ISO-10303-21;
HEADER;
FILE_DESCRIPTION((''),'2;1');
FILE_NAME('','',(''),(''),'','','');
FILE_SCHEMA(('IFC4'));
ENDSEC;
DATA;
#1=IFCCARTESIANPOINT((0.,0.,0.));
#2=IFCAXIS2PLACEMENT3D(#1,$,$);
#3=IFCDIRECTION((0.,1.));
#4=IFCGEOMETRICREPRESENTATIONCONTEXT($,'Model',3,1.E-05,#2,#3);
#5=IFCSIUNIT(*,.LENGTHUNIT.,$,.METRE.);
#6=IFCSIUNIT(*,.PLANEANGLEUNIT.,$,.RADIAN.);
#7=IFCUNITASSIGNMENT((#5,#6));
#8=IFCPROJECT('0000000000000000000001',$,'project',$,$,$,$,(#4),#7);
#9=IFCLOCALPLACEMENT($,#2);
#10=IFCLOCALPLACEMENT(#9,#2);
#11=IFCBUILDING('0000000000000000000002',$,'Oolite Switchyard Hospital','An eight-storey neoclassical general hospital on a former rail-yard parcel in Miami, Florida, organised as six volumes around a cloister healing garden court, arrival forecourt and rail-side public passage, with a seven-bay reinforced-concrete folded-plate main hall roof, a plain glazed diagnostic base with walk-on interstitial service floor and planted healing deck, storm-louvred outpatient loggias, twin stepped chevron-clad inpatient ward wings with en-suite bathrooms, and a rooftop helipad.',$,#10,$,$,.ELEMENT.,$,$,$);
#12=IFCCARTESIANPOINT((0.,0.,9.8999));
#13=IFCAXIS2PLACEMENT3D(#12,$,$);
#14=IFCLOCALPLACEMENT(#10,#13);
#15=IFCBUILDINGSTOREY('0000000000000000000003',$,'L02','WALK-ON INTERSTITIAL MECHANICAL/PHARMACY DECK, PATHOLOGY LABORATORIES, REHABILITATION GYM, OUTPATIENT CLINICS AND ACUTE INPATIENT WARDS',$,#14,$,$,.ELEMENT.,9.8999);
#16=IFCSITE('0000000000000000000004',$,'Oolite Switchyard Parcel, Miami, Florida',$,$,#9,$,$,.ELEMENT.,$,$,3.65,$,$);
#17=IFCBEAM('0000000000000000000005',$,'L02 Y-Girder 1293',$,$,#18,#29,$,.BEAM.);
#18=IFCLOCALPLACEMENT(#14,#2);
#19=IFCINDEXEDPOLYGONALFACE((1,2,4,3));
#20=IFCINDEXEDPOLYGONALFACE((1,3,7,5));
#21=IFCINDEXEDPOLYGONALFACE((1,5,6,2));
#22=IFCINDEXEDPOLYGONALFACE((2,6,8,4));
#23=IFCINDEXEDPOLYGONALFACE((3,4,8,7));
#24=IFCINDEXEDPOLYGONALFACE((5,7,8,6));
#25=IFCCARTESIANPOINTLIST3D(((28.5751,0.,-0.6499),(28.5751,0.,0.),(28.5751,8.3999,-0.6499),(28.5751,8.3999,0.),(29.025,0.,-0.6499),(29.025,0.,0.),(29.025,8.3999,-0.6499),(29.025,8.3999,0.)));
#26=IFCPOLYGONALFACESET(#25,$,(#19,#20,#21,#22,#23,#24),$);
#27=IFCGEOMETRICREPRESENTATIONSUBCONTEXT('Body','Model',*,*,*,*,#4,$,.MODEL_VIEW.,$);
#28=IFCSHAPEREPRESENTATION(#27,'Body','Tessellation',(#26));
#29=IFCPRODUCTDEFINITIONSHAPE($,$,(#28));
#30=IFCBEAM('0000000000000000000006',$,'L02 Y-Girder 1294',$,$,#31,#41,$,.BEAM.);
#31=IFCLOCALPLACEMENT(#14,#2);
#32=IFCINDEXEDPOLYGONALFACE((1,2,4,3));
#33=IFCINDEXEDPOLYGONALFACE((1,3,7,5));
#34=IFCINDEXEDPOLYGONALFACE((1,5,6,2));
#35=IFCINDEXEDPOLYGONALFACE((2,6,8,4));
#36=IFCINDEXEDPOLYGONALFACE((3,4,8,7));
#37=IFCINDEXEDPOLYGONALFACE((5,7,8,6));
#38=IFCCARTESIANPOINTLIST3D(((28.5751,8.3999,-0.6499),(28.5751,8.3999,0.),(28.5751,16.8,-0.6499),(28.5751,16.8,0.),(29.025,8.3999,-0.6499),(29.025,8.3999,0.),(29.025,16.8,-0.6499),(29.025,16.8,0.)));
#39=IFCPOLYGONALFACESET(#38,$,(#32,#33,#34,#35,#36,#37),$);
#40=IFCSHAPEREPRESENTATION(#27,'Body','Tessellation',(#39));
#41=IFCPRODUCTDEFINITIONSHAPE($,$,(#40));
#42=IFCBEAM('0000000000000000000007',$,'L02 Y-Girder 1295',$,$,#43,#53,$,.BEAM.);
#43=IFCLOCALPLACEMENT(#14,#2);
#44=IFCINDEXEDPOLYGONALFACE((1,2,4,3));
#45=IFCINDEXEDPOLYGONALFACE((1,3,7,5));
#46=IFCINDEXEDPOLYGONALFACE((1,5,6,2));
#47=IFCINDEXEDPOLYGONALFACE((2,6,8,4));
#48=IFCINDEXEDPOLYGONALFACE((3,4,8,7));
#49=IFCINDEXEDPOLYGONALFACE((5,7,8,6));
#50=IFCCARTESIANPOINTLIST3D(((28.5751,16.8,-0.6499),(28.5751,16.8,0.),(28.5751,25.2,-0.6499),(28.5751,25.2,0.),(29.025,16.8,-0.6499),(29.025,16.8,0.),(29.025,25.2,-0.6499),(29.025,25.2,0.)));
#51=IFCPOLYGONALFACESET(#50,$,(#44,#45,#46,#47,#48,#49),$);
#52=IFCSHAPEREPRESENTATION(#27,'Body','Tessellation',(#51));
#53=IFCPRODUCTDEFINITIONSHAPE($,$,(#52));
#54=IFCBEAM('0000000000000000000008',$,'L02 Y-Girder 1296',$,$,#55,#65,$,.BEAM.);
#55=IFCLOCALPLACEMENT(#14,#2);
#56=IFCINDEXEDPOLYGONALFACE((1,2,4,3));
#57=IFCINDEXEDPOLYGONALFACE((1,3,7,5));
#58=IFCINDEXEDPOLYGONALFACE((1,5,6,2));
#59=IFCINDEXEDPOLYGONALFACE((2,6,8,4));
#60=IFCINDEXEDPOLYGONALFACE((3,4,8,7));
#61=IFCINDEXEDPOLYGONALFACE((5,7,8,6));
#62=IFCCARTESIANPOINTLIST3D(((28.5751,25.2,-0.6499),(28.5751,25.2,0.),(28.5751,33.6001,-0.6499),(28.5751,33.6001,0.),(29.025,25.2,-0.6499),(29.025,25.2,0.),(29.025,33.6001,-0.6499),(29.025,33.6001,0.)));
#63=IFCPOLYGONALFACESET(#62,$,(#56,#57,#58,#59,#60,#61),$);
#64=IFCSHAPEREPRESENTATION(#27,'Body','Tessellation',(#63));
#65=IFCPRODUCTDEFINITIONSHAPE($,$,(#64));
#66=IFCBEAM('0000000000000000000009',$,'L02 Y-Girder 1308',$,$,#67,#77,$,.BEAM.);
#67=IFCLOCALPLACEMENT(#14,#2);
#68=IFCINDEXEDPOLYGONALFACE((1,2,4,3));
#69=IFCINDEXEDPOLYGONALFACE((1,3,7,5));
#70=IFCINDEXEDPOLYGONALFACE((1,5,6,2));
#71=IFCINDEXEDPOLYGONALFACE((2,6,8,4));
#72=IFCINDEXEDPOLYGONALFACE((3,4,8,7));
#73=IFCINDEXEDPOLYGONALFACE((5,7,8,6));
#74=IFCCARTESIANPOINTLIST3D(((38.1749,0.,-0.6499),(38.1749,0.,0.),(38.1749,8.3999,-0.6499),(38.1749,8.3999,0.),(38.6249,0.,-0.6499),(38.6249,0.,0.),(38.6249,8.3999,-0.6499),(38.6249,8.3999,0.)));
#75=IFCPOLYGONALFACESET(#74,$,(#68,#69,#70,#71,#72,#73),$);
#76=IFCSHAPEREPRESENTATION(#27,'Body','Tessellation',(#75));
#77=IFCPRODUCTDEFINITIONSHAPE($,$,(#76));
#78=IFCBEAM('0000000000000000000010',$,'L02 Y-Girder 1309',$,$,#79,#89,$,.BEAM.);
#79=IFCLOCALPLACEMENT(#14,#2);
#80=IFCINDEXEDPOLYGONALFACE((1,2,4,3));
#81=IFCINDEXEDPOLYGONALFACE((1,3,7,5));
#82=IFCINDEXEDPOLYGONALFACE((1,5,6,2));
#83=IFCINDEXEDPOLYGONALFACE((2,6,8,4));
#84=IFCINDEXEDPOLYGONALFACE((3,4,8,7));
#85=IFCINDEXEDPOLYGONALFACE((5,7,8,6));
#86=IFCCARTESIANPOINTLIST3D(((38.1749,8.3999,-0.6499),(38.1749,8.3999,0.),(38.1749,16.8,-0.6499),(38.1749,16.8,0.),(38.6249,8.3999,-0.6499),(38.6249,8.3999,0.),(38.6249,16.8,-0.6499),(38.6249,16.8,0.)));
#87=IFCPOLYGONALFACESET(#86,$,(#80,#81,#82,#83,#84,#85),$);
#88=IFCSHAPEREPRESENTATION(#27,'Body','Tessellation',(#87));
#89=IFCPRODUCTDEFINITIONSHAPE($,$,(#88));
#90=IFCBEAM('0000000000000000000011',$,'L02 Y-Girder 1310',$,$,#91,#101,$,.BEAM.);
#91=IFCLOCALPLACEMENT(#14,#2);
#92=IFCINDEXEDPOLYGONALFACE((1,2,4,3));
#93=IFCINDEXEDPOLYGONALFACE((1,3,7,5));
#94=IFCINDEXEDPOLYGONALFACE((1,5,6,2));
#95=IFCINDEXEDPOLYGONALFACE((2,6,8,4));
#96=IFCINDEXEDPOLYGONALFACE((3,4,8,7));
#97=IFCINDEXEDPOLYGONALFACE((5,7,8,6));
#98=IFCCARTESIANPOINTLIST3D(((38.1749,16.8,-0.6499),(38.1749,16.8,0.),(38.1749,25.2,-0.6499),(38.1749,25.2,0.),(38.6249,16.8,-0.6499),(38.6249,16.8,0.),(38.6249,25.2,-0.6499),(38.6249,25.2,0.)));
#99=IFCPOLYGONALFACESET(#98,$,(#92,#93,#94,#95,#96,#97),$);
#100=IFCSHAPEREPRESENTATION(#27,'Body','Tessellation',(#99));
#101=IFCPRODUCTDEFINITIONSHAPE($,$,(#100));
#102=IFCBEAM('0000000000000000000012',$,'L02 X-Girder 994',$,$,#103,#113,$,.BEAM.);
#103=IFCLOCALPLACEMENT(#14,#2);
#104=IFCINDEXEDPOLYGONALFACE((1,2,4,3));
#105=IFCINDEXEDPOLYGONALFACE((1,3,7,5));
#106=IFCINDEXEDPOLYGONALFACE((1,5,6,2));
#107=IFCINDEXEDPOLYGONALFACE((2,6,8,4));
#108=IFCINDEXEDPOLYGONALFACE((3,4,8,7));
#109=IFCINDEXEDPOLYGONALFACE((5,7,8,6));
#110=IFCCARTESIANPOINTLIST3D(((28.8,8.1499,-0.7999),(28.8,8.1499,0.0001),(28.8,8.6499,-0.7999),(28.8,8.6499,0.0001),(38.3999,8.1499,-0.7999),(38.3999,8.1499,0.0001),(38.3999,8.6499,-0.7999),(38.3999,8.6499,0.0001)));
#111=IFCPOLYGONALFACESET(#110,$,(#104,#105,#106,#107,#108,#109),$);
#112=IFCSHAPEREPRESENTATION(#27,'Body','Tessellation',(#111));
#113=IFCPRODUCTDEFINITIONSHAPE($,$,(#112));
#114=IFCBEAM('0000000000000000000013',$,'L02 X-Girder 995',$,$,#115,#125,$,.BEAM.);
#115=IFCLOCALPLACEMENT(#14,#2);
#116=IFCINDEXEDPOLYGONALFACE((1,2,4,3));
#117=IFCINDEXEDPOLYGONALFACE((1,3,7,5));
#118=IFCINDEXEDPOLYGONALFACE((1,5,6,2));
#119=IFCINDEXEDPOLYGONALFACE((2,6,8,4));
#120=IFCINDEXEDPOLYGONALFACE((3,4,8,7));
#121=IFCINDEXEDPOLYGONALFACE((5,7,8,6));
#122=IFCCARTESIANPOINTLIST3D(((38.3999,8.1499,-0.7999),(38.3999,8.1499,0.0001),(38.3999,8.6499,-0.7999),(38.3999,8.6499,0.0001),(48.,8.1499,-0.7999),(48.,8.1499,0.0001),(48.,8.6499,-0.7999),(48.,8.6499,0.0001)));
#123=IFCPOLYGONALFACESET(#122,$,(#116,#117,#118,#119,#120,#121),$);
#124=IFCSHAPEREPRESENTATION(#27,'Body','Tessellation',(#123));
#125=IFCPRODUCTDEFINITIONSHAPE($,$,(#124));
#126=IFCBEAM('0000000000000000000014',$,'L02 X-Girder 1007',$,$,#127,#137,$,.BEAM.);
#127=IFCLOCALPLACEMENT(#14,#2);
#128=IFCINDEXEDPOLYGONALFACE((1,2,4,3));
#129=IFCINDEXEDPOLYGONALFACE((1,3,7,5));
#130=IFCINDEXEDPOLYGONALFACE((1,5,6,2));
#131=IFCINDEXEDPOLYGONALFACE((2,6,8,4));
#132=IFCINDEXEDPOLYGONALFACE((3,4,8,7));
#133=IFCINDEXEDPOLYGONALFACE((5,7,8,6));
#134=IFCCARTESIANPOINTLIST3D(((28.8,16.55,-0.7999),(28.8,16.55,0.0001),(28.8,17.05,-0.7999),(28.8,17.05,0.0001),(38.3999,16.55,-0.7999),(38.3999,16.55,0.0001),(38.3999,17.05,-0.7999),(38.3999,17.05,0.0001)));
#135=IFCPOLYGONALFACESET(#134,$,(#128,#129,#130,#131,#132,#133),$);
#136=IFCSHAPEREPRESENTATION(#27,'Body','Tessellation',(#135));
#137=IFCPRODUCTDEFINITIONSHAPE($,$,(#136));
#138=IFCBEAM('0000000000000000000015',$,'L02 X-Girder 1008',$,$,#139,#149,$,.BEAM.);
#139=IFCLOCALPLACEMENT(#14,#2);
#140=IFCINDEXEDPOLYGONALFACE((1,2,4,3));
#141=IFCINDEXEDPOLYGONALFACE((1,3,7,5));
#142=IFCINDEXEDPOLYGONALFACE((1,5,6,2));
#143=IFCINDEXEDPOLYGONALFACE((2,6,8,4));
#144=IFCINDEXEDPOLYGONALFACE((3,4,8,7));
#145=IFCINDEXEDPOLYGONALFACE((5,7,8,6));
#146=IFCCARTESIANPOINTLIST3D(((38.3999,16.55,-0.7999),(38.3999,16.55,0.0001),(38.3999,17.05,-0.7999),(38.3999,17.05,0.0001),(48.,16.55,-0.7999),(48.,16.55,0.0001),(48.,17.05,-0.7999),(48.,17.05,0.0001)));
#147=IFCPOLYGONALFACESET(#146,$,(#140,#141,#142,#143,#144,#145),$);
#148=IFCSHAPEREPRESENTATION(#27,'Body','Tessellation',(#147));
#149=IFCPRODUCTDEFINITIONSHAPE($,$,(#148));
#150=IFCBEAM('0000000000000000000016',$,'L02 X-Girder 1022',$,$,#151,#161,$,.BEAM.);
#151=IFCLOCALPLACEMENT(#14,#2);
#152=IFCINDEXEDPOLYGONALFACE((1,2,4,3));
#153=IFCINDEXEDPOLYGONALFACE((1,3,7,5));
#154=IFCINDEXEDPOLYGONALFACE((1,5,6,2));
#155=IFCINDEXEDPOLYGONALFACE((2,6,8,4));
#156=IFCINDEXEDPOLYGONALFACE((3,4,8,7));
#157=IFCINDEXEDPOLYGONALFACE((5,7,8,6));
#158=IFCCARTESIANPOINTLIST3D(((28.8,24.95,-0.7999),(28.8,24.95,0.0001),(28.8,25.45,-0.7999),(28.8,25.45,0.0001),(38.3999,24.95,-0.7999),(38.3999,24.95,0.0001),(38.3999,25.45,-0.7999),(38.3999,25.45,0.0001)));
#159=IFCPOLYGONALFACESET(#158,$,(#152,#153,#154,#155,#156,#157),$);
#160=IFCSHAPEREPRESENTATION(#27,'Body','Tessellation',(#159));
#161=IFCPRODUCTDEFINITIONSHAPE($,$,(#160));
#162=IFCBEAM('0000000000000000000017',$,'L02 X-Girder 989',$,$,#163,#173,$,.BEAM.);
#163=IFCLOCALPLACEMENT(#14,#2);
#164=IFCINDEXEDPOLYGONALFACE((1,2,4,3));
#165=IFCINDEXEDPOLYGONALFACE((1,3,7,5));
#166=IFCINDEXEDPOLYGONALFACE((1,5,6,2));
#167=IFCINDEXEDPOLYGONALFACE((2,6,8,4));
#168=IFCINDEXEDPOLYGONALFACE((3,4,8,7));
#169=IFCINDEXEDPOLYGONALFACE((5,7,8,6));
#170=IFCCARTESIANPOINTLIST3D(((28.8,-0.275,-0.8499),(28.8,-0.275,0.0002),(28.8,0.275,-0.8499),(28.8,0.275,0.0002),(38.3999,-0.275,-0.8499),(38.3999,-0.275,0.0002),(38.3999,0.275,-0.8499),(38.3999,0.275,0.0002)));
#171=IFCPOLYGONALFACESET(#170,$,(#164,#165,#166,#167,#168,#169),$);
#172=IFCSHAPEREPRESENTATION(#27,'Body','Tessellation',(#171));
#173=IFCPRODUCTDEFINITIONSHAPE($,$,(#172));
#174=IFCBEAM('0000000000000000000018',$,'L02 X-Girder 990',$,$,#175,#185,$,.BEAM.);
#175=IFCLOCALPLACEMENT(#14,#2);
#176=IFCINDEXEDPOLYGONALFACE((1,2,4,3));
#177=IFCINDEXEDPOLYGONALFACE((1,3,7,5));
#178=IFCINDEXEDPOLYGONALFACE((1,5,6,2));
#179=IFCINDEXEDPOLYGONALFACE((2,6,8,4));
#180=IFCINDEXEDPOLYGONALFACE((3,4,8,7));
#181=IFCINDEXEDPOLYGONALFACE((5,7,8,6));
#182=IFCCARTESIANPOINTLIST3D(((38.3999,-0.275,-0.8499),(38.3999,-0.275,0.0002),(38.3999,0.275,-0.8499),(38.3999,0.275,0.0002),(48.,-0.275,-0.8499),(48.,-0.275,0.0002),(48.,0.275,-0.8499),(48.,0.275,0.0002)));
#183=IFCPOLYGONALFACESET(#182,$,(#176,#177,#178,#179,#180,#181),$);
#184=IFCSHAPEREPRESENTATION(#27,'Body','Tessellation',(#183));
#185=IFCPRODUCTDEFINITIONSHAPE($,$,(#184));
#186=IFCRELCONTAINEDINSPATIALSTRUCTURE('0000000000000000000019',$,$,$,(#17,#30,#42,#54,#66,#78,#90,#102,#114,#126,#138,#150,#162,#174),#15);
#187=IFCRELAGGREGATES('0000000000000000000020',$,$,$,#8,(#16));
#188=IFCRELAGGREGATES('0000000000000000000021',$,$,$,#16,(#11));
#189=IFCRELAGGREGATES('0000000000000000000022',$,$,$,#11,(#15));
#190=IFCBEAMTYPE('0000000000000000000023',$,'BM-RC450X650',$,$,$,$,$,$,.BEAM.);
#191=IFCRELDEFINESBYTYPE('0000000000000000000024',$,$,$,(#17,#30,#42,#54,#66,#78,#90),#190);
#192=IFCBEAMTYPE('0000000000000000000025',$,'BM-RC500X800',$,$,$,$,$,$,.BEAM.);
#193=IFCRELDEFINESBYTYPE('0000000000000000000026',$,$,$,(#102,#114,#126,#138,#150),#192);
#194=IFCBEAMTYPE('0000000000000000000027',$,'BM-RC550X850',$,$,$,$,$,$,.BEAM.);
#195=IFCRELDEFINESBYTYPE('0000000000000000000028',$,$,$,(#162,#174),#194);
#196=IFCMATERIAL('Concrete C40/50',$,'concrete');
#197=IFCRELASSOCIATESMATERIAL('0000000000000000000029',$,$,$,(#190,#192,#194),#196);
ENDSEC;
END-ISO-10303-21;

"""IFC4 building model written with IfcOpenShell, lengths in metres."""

from ifc_helpers import new_model, si_unit, direction, frame, origin, origin_2d, place, context, subcontext, project, spatial, rectangle, extrude, material, material_profile, profile_set, type_object, element, save


model = new_model("IFC4")

# Units and contexts
model_context = context("Model", 3, precision=1e-05, world=origin(), true_north=direction((0.0, 1.0)))
body_context = subcontext(model_context, "Body", "Model", "MODEL_VIEW")
ifc_project = project(units=[si_unit("LENGTHUNIT", "METRE"), si_unit("PLANEANGLEUNIT", "RADIAN")], contexts=[model_context])

# Site, building, storey
site_placement = place(None, origin())
site = spatial("IfcSite", under=ifc_project, at=site_placement, Name="Oolite Switchyard Parcel, Miami, Florida", CompositionType="ELEMENT", RefElevation=3.65)
building_placement = place(site_placement, origin())
building = spatial("IfcBuilding", under=site, at=building_placement, Name="Oolite Switchyard Hospital", Description="An eight-storey neoclassical general hospital on a former rail-yard parcel in Miami, Florida, organised as six volumes around a cloister healing garden court, arrival forecourt and rail-side public passage, with a seven-bay reinforced-concrete folded-plate main hall roof, a plain glazed diagnostic base with walk-on interstitial service floor and planted healing deck, storm-louvred outpatient loggias, twin stepped chevron-clad inpatient ward wings with en-suite bathrooms, and a rooftop helipad.", CompositionType="ELEMENT")
storey_placement = place(building_placement, frame((0.0, 0.0, 9.8999)))
storey = spatial("IfcBuildingStorey", under=building, at=storey_placement, Name="L02", Description="WALK-ON INTERSTITIAL MECHANICAL/PHARMACY DECK, PATHOLOGY LABORATORIES, REHABILITATION GYM, OUTPATIENT CLINICS AND ACUTE INPATIENT WARDS", CompositionType="ELEMENT", Elevation=9.8999)

# Beams
ifc_material_1 = material(Name="Concrete C40/50", Category="concrete")
ifc_material_profile_1 = material_profile(ifc_material_1, rectangle(XDim=0.45, YDim=0.6499, at=origin_2d()), Name="RCB450X650")
ifc_profile_set_1 = profile_set([ifc_material_profile_1], Name="Concrete C40/50")
beam_type_1 = type_object("IfcBeamType", Name="BM-RC450X650", PredefinedType="BEAM", material=ifc_profile_set_1)
beam_1_placement = place(storey_placement, frame((28.8, 0.0, -0.325), z_axis=(0.0, 1.0, 0.0), x_axis=(-1.0, 0.0, 0.0)))
element("IfcBeam", 1, at=beam_1_placement, inside=storey, type_object=beam_type_1, Name="L02 Y-Girder 1293", PredefinedType="BEAM", context=body_context, shape_type="SweptSolid", body=[
    extrude(rectangle(XDim=0.45, YDim=0.6499, at=origin_2d()), origin(), (0.0, 0.0, 1.0), 8.3999),
])
beam_2_placement = place(storey_placement, frame((28.8, 8.3999, -0.325), z_axis=(0.0, 1.0, 0.0), x_axis=(-1.0, 0.0, 0.0)))
element("IfcBeam", 2, at=beam_2_placement, inside=storey, type_object=beam_type_1, Name="L02 Y-Girder 1294", PredefinedType="BEAM", context=body_context, shape_type="SweptSolid", body=[
    extrude(rectangle(XDim=0.45, YDim=0.6499, at=origin_2d()), origin(), (0.0, 0.0, 1.0), 8.4001),
])
beam_3_placement = place(storey_placement, frame((28.8, 16.8, -0.325), z_axis=(0.0, 1.0, 0.0), x_axis=(-1.0, 0.0, 0.0)))
element("IfcBeam", 3, at=beam_3_placement, inside=storey, type_object=beam_type_1, Name="L02 Y-Girder 1295", PredefinedType="BEAM", context=body_context, shape_type="SweptSolid", body=[
    extrude(rectangle(XDim=0.45, YDim=0.6499, at=origin_2d()), origin(), (0.0, 0.0, 1.0), 8.3999),
])
beam_4_placement = place(storey_placement, frame((28.8, 25.2, -0.325), z_axis=(0.0, 1.0, 0.0), x_axis=(-1.0, 0.0, 0.0)))
element("IfcBeam", 4, at=beam_4_placement, inside=storey, type_object=beam_type_1, Name="L02 Y-Girder 1296", PredefinedType="BEAM", context=body_context, shape_type="SweptSolid", body=[
    extrude(rectangle(XDim=0.45, YDim=0.6499, at=origin_2d()), origin(), (0.0, 0.0, 1.0), 8.4001),
])
beam_5_placement = place(storey_placement, frame((38.3999, 0.0, -0.325), z_axis=(0.0, 1.0, 0.0), x_axis=(-1.0, 0.0, 0.0)))
element("IfcBeam", 5, at=beam_5_placement, inside=storey, type_object=beam_type_1, Name="L02 Y-Girder 1308", PredefinedType="BEAM", context=body_context, shape_type="SweptSolid", body=[
    extrude(rectangle(XDim=0.45, YDim=0.6499, at=origin_2d()), origin(), (0.0, 0.0, 1.0), 8.3999),
])
beam_6_placement = place(storey_placement, frame((38.3999, 8.3999, -0.325), z_axis=(0.0, 1.0, 0.0), x_axis=(-1.0, 0.0, 0.0)))
element("IfcBeam", 6, at=beam_6_placement, inside=storey, type_object=beam_type_1, Name="L02 Y-Girder 1309", PredefinedType="BEAM", context=body_context, shape_type="SweptSolid", body=[
    extrude(rectangle(XDim=0.45, YDim=0.6499, at=origin_2d()), origin(), (0.0, 0.0, 1.0), 8.4001),
])
beam_7_placement = place(storey_placement, frame((38.3999, 16.8, -0.325), z_axis=(0.0, 1.0, 0.0), x_axis=(-1.0, 0.0, 0.0)))
element("IfcBeam", 7, at=beam_7_placement, inside=storey, type_object=beam_type_1, Name="L02 Y-Girder 1310", PredefinedType="BEAM", context=body_context, shape_type="SweptSolid", body=[
    extrude(rectangle(XDim=0.45, YDim=0.6499, at=origin_2d()), origin(), (0.0, 0.0, 1.0), 8.3999),
])
ifc_material_profile_2 = material_profile(ifc_material_1, rectangle(XDim=0.5, YDim=0.8, at=origin_2d()), Name="RCB500X800")
ifc_profile_set_2 = profile_set([ifc_material_profile_2], Name="Concrete C40/50")
beam_type_2 = type_object("IfcBeamType", Name="BM-RC500X800", PredefinedType="BEAM", material=ifc_profile_set_2)
beam_8_placement = place(storey_placement, frame((28.8, 8.3999, -0.3999), z_axis=(1.0, 0.0, 0.0), x_axis=(0.0, 1.0, 0.0)))
element("IfcBeam", 8, at=beam_8_placement, inside=storey, type_object=beam_type_2, Name="L02 X-Girder 994", PredefinedType="BEAM", context=body_context, shape_type="SweptSolid", body=[
    extrude(rectangle(XDim=0.5, YDim=0.8, at=origin_2d()), origin(), (0.0, 0.0, 1.0), 9.5999),
])
beam_9_placement = place(storey_placement, frame((38.3999, 8.3999, -0.3999), z_axis=(1.0, 0.0, 0.0), x_axis=(0.0, 1.0, 0.0)))
element("IfcBeam", 9, at=beam_9_placement, inside=storey, type_object=beam_type_2, Name="L02 X-Girder 995", PredefinedType="BEAM", context=body_context, shape_type="SweptSolid", body=[
    extrude(rectangle(XDim=0.5, YDim=0.8, at=origin_2d()), origin(), (0.0, 0.0, 1.0), 9.6001),
])
beam_10_placement = place(storey_placement, frame((28.8, 16.8, -0.3999), z_axis=(1.0, 0.0, 0.0), x_axis=(0.0, 1.0, 0.0)))
element("IfcBeam", 10, at=beam_10_placement, inside=storey, type_object=beam_type_2, Name="L02 X-Girder 1007", PredefinedType="BEAM", context=body_context, shape_type="SweptSolid", body=[
    extrude(rectangle(XDim=0.5, YDim=0.8, at=origin_2d()), origin(), (0.0, 0.0, 1.0), 9.5999),
])
beam_11_placement = place(storey_placement, frame((38.3999, 16.8, -0.3999), z_axis=(1.0, 0.0, 0.0), x_axis=(0.0, 1.0, 0.0)))
element("IfcBeam", 11, at=beam_11_placement, inside=storey, type_object=beam_type_2, Name="L02 X-Girder 1008", PredefinedType="BEAM", context=body_context, shape_type="SweptSolid", body=[
    extrude(rectangle(XDim=0.5, YDim=0.8, at=origin_2d()), origin(), (0.0, 0.0, 1.0), 9.6001),
])
beam_12_placement = place(storey_placement, frame((28.8, 25.2, -0.3999), z_axis=(1.0, 0.0, 0.0), x_axis=(0.0, 1.0, 0.0)))
element("IfcBeam", 12, at=beam_12_placement, inside=storey, type_object=beam_type_2, Name="L02 X-Girder 1022", PredefinedType="BEAM", context=body_context, shape_type="SweptSolid", body=[
    extrude(rectangle(XDim=0.5, YDim=0.8, at=origin_2d()), origin(), (0.0, 0.0, 1.0), 9.5999),
])
ifc_material_profile_3 = material_profile(ifc_material_1, rectangle(XDim=0.55, YDim=0.8501, at=origin_2d()), Name="RCB550X850")
ifc_profile_set_3 = profile_set([ifc_material_profile_3], Name="Concrete C40/50")
beam_type_3 = type_object("IfcBeamType", Name="BM-RC550X850", PredefinedType="BEAM", material=ifc_profile_set_3)
beam_13_placement = place(storey_placement, frame((28.8, 0.0, -0.4248), z_axis=(1.0, 0.0, 0.0), x_axis=(0.0, 1.0, 0.0)))
element("IfcBeam", 13, at=beam_13_placement, inside=storey, type_object=beam_type_3, Name="L02 X-Girder 989", PredefinedType="BEAM", context=body_context, shape_type="SweptSolid", body=[
    extrude(rectangle(XDim=0.55, YDim=0.8501, at=origin_2d()), origin(), (0.0, 0.0, 1.0), 9.5999),
])
beam_14_placement = place(storey_placement, frame((38.3999, 0.0, -0.4248), z_axis=(1.0, 0.0, 0.0), x_axis=(0.0, 1.0, 0.0)))
element("IfcBeam", 14, at=beam_14_placement, inside=storey, type_object=beam_type_3, Name="L02 X-Girder 990", PredefinedType="BEAM", context=body_context, shape_type="SweptSolid", body=[
    extrude(rectangle(XDim=0.55, YDim=0.8501, at=origin_2d()), origin(), (0.0, 0.0, 1.0), 9.6001),
])

save(model, "model.ifc")
